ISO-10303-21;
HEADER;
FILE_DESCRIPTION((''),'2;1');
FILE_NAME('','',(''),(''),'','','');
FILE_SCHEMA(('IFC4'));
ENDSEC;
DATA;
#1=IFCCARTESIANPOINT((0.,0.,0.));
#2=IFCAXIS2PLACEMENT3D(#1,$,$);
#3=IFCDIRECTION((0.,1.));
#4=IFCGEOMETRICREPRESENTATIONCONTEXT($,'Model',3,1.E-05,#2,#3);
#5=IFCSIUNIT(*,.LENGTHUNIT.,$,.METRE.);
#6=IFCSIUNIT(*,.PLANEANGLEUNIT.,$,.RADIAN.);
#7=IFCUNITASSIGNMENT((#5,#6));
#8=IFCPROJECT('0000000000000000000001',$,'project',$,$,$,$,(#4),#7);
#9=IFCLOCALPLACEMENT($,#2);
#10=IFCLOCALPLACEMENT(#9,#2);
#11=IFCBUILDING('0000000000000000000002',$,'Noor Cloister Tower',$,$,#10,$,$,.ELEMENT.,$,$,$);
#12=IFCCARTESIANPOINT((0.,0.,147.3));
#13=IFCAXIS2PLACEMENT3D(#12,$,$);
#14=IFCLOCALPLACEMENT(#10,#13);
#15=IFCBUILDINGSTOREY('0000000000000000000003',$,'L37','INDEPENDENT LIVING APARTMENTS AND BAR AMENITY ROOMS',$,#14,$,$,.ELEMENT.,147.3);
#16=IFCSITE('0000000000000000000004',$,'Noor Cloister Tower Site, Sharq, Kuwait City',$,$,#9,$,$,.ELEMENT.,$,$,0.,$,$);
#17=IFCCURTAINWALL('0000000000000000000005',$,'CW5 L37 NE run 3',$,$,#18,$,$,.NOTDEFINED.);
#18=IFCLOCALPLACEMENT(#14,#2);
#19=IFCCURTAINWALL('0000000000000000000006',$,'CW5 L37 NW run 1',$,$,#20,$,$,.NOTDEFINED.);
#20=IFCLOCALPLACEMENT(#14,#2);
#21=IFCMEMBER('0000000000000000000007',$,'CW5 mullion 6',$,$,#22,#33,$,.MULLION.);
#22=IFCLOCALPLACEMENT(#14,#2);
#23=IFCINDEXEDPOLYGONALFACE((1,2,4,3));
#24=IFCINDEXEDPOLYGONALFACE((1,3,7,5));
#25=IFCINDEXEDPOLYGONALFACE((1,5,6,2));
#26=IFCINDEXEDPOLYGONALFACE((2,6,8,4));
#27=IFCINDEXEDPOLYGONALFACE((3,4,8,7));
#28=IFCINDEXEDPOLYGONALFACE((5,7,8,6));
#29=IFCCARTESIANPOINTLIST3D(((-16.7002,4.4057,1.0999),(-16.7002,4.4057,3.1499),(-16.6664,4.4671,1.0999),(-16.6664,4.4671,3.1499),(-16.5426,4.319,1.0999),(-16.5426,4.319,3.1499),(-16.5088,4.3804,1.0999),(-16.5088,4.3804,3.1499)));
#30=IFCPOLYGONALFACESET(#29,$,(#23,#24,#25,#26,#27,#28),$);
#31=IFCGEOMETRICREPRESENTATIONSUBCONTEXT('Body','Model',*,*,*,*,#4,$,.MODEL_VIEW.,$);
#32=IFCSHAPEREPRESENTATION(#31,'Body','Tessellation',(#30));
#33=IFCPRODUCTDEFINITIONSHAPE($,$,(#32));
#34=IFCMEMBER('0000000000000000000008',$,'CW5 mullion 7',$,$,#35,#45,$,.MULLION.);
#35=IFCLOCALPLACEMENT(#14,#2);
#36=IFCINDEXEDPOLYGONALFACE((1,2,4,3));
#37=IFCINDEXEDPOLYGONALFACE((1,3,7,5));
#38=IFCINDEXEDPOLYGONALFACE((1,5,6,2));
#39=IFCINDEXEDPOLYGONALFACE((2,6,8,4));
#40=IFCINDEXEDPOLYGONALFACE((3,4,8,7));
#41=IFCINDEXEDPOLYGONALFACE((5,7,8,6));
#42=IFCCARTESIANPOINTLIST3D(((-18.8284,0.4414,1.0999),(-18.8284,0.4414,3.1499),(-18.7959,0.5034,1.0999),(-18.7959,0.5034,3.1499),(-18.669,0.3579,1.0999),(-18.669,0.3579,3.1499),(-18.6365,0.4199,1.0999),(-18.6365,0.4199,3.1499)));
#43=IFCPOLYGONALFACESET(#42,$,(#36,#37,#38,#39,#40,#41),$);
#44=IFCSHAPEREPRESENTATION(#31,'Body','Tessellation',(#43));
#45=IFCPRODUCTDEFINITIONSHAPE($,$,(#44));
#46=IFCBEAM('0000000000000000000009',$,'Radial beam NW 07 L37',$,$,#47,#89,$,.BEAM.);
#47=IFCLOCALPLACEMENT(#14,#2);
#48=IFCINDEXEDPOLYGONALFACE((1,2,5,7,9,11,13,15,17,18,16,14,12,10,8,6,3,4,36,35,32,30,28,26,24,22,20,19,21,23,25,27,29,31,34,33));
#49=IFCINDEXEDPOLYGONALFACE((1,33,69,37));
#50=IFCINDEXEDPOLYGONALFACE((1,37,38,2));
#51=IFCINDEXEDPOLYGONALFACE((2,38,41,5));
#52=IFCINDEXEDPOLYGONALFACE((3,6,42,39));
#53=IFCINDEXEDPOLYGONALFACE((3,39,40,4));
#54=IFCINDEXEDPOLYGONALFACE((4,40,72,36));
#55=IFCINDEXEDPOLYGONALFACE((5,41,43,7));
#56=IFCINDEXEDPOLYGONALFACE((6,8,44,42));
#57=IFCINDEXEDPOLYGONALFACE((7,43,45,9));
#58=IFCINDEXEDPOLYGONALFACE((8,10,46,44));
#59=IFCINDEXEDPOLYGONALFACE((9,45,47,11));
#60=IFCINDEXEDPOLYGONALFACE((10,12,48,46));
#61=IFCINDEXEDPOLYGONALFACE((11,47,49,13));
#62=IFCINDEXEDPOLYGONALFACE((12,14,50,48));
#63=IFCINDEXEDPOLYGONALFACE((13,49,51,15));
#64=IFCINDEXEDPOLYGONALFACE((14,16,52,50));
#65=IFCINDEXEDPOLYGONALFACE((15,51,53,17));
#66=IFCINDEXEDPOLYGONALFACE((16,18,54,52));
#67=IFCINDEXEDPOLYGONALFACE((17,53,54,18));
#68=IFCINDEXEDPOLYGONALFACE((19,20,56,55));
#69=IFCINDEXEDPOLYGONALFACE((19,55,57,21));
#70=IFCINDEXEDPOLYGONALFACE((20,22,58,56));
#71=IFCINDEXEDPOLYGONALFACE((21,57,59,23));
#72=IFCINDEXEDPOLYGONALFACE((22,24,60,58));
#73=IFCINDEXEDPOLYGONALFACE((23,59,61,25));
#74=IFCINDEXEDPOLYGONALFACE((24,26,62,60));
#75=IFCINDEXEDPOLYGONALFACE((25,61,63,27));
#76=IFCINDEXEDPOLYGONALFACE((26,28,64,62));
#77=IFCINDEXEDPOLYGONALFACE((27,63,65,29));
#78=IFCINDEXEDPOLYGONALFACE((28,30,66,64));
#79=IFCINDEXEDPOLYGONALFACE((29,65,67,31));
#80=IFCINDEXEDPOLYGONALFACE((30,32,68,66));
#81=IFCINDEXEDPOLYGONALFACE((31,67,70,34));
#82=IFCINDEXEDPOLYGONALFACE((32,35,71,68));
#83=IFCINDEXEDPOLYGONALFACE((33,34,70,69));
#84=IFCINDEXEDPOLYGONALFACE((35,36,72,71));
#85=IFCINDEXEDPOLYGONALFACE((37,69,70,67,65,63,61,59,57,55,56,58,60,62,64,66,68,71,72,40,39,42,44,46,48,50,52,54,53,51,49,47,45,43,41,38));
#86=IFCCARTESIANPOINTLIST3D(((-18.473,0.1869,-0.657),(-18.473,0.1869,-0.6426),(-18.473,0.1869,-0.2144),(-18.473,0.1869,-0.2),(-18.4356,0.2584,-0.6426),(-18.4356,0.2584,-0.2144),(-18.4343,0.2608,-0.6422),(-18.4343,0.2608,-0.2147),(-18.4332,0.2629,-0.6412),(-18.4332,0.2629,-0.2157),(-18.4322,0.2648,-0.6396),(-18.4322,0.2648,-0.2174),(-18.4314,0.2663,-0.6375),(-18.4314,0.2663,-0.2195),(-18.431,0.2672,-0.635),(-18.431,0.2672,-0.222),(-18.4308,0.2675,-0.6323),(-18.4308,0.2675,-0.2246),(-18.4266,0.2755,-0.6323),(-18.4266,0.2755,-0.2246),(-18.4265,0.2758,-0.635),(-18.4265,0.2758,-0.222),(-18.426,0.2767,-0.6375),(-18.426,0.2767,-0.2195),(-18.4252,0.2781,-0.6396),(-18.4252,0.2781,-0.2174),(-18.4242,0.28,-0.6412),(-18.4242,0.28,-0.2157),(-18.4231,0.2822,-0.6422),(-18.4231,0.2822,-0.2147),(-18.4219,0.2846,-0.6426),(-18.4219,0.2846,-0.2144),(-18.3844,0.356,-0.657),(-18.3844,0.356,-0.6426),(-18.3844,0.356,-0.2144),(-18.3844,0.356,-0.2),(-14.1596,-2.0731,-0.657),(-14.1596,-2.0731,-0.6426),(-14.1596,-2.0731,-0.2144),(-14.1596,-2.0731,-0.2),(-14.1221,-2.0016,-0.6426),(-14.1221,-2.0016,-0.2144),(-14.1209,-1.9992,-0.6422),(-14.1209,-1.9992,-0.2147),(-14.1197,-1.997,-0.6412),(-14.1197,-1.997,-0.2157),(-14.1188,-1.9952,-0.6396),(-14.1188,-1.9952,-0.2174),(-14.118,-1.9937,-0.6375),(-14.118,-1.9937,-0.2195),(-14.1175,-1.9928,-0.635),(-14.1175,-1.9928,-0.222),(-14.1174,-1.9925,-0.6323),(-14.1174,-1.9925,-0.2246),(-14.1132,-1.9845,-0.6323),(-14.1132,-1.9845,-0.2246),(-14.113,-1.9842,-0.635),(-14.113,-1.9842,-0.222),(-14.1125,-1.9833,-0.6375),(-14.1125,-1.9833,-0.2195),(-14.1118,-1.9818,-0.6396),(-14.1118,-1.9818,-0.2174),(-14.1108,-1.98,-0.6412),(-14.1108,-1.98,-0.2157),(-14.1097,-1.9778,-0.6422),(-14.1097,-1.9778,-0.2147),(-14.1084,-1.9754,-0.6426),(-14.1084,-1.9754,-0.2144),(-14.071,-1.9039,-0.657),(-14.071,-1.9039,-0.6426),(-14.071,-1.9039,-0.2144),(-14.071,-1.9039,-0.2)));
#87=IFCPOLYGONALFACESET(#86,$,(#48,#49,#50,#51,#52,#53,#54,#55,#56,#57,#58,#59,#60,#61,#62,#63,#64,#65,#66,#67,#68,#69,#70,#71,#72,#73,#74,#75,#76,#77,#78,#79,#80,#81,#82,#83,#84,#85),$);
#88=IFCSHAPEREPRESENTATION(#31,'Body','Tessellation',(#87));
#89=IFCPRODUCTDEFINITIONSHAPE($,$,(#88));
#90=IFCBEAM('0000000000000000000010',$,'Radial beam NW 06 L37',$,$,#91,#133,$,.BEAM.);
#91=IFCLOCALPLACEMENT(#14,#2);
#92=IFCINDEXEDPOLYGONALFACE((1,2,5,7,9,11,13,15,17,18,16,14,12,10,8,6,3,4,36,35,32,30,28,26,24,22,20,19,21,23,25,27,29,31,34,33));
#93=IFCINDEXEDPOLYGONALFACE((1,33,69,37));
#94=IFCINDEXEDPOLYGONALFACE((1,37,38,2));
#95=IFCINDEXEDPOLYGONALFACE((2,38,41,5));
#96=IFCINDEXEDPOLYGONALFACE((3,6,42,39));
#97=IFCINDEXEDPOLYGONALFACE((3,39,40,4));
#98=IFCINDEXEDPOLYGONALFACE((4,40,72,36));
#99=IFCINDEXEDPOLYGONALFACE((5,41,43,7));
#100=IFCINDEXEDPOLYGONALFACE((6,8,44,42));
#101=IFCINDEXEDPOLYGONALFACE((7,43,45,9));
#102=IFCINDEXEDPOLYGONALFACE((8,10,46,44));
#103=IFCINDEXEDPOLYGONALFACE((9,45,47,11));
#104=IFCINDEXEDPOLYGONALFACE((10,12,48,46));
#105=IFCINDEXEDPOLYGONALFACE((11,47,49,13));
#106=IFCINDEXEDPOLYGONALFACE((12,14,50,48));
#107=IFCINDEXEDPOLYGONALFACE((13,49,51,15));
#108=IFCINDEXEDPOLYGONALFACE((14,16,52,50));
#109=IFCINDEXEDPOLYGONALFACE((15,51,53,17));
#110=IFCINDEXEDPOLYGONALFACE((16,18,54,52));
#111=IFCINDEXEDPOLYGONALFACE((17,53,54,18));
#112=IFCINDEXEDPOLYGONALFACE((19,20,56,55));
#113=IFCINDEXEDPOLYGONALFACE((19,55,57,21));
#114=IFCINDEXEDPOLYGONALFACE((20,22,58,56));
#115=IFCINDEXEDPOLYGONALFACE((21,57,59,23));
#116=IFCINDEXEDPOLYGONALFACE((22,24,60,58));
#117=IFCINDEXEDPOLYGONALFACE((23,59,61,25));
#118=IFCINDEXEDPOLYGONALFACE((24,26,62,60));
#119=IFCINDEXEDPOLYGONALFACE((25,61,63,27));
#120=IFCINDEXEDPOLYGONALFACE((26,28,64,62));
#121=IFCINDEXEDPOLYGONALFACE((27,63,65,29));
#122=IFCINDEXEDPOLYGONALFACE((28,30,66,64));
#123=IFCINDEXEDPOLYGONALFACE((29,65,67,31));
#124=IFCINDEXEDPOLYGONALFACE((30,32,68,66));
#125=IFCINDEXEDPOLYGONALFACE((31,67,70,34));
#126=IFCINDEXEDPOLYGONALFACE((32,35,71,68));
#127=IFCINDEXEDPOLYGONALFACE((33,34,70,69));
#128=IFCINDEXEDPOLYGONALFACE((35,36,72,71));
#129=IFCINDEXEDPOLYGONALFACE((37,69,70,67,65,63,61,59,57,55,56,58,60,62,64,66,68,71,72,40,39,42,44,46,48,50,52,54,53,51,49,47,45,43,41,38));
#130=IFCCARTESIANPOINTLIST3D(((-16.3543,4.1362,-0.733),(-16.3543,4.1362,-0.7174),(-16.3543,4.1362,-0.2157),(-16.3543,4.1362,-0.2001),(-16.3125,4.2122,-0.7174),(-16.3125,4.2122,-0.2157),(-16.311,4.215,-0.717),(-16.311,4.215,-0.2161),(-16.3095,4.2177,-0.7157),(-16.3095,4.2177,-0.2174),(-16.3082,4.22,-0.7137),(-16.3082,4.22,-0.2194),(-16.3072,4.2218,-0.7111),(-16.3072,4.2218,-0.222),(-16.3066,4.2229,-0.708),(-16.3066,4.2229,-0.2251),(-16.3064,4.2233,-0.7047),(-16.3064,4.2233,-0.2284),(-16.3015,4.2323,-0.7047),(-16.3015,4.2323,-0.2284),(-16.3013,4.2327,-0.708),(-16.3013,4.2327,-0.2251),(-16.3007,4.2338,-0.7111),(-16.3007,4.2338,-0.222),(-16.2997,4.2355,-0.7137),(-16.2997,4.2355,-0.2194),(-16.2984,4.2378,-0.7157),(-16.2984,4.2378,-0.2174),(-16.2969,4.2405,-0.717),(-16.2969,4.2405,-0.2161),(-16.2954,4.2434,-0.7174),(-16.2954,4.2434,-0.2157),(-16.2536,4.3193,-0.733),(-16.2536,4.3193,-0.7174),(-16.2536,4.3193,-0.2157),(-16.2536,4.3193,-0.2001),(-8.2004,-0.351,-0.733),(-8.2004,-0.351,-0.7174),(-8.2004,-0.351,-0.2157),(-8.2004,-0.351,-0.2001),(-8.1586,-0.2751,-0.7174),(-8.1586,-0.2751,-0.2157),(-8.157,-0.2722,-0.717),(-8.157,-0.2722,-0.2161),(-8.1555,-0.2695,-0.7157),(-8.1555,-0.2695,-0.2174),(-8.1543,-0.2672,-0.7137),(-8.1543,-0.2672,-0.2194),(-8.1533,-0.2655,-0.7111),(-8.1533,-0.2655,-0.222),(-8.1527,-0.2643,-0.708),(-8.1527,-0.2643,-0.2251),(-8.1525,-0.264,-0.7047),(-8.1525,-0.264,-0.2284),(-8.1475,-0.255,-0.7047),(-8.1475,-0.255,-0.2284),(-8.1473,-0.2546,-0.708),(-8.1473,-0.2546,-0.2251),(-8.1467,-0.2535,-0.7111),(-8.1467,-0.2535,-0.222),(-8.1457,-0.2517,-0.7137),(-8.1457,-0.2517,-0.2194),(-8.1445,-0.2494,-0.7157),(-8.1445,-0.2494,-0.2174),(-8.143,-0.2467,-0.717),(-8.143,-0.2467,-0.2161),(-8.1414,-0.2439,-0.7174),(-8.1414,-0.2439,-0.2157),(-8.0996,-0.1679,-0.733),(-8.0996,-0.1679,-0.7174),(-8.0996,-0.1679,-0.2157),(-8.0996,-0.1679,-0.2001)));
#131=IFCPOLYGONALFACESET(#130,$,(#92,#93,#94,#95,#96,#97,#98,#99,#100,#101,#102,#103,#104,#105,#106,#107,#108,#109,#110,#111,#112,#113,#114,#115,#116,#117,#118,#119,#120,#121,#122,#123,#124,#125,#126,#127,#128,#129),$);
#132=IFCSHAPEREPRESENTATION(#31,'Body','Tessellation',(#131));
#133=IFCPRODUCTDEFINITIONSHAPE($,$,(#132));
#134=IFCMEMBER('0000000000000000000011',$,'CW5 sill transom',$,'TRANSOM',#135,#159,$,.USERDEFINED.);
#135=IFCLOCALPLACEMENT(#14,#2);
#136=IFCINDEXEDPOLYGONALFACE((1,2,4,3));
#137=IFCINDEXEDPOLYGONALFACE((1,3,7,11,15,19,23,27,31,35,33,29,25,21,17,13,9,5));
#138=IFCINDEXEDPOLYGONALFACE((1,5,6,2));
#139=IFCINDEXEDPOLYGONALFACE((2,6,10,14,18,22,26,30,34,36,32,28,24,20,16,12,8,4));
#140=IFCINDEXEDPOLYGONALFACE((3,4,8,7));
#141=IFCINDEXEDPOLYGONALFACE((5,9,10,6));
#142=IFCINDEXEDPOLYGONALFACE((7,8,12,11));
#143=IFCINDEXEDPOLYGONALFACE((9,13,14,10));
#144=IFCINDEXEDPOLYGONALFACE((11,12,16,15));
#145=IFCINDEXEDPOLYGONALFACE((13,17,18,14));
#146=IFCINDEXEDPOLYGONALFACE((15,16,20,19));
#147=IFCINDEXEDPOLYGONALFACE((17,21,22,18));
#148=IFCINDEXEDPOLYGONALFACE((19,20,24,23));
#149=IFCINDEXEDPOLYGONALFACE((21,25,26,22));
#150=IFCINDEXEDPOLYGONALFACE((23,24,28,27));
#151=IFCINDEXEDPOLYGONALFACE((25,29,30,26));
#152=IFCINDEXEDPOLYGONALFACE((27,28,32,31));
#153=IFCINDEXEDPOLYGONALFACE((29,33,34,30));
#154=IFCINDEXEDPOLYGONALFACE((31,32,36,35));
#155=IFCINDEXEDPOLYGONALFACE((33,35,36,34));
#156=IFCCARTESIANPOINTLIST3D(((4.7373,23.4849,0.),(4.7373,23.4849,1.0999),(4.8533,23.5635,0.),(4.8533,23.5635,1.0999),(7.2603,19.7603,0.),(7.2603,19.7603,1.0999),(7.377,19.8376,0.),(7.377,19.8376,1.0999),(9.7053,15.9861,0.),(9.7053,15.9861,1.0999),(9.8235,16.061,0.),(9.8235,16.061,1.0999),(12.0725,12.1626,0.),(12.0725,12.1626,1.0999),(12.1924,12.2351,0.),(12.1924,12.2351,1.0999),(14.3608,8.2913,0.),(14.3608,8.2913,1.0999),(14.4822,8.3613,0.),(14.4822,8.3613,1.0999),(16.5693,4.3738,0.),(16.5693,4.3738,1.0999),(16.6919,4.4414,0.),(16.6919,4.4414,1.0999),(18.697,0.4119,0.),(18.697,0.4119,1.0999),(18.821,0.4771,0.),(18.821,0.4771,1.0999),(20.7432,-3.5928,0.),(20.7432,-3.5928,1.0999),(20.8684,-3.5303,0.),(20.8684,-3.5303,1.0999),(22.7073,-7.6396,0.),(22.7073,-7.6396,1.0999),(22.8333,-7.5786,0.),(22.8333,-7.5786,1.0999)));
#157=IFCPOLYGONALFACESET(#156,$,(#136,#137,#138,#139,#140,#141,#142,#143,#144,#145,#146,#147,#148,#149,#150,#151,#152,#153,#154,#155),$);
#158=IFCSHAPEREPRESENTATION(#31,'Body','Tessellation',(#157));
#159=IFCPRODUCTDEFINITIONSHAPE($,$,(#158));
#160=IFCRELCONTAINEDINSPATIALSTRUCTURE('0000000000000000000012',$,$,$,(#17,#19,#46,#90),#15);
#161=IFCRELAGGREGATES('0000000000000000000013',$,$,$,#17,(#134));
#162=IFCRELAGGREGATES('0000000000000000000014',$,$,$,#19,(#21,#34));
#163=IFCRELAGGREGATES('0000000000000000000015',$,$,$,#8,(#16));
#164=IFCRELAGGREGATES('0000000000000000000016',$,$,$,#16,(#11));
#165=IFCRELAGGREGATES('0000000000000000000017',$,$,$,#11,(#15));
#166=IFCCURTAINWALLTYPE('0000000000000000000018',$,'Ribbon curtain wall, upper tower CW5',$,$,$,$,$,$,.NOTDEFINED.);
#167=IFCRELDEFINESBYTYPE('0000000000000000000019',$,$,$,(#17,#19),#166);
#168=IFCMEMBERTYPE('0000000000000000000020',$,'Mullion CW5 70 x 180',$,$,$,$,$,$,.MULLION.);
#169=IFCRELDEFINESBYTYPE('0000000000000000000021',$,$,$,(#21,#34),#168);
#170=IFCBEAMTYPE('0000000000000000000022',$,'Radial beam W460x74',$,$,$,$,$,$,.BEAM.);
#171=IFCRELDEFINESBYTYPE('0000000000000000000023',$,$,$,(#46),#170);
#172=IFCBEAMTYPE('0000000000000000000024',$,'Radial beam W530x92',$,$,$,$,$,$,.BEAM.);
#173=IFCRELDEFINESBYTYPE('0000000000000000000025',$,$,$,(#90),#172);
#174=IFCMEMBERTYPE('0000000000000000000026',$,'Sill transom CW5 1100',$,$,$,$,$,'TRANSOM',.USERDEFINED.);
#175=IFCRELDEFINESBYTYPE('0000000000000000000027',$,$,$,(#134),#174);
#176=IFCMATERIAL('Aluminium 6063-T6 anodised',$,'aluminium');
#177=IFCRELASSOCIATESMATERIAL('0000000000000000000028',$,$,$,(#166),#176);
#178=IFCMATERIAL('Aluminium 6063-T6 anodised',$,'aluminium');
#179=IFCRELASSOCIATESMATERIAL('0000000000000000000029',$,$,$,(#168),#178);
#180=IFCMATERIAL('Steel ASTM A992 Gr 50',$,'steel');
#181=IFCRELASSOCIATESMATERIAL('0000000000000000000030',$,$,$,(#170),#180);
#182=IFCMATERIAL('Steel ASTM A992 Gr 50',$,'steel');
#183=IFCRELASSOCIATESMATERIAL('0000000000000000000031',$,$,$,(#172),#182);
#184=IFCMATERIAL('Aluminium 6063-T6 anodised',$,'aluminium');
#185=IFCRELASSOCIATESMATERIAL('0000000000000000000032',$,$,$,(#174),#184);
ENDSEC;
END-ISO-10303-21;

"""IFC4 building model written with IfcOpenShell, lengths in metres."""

from ifc_helpers import new_model, si_unit, direction, frame, origin, origin_2d, place, context, subcontext, project, spatial, polyline, rectangle, i_section, outline, extrude, material, material_profile, profile_set, type_object, element, aggregate, save


model = new_model("IFC4")

# Units and contexts
model_context = context("Model", 3, precision=1e-05, world=origin(), true_north=direction((0.0, 1.0)))
body_context = subcontext(model_context, "Body", "Model", "MODEL_VIEW")
ifc_project = project(units=[si_unit("LENGTHUNIT", "METRE"), si_unit("PLANEANGLEUNIT", "RADIAN")], contexts=[model_context])

# Site, building, storey
site_placement = place(None, origin())
site = spatial("IfcSite", under=ifc_project, at=site_placement, Name="Noor Cloister Tower Site, Sharq, Kuwait City", CompositionType="ELEMENT", RefElevation=0.0)
building_placement = place(site_placement, origin())
building = spatial("IfcBuilding", under=site, at=building_placement, Name="Noor Cloister Tower", CompositionType="ELEMENT")
storey_placement = place(building_placement, frame((0.0, 0.0, 147.3)))
storey = spatial("IfcBuildingStorey", under=building, at=storey_placement, Name="L37", Description="INDEPENDENT LIVING APARTMENTS AND BAR AMENITY ROOMS", CompositionType="ELEMENT", Elevation=147.3)

# Curtain wall
ifc_material_1 = material(Name="Aluminium 6063-T6 anodised", Category="aluminium")
curtain_wall_type = type_object("IfcCurtainWallType", Name="Ribbon curtain wall, upper tower CW5", PredefinedType="NOTDEFINED", material=ifc_material_1)
curtain_wall_1_placement = place(storey_placement, origin())
curtain_wall_1 = element("IfcCurtainWall", 1, at=curtain_wall_1_placement, inside=storey, type_object=curtain_wall_type, Name="CW5 L37 NE run 3", PredefinedType="NOTDEFINED")

# Curtain wall, members
curtain_wall_2_placement = place(storey_placement, origin())
curtain_wall_2 = element("IfcCurtainWall", 2, at=curtain_wall_2_placement, inside=storey, type_object=curtain_wall_type, Name="CW5 L37 NW run 1", PredefinedType="NOTDEFINED")
ifc_material_2 = material(Name="Aluminium 6063-T6 anodised", Category="aluminium")
ifc_material_profile_1 = material_profile(ifc_material_2, rectangle(XDim=0.1799, YDim=0.0701, at=origin_2d()), Name="180 x 70 mullion")
ifc_profile_set_1 = profile_set([ifc_material_profile_1], Name="Aluminium 6063-T6 anodised")
member_type_1 = type_object("IfcMemberType", Name="Mullion CW5 70 x 180", PredefinedType="MULLION", material=ifc_profile_set_1)
member_1_placement = place(storey_placement, frame((-16.6045, 4.3931, 1.0999), z_axis=(0.0, 0.0, 1.0), x_axis=(0.876094, -0.48214, 0.0)))
member_1 = element("IfcMember", 3, at=member_1_placement, type_object=member_type_1, Name="CW5 mullion 6", PredefinedType="MULLION", context=body_context, shape_type="SweptSolid", body=[
    extrude(rectangle(XDim=0.1799, YDim=0.0701, at=origin_2d()), origin(), (0.0, 0.0, 1.0), 2.05),
])
member_2_placement = place(storey_placement, frame((-18.7324, 0.4307, 1.0999), z_axis=(0.0, 0.0, 1.0), x_axis=(0.885795, -0.464077, 0.0)))
member_2 = element("IfcMember", 4, at=member_2_placement, type_object=member_type_1, Name="CW5 mullion 7", PredefinedType="MULLION", context=body_context, shape_type="SweptSolid", body=[
    extrude(rectangle(XDim=0.1799, YDim=0.0701, at=origin_2d()), origin(), (0.0, 0.0, 1.0), 2.05),
])

# Beams
ifc_material_3 = material(Name="Steel ASTM A992 Gr 50", Category="steel")
ifc_material_profile_2 = material_profile(ifc_material_3, i_section(OverallWidth=0.1909, OverallDepth=0.457, WebThickness=0.009, FlangeThickness=0.0144, FilletRadius=0.0103, at=origin_2d()), Name="W460x74")
ifc_profile_set_2 = profile_set([ifc_material_profile_2], Name="Steel ASTM A992 Gr 50")
beam_type_1 = type_object("IfcBeamType", Name="Radial beam W460x74", PredefinedType="BEAM", material=ifc_profile_set_2)
beam_1_placement = place(storey_placement, frame((-18.4287, 0.2715, -0.4285), z_axis=(0.885783, -0.464099, 0.0), x_axis=(0.464099, 0.885783, 0.0)))
element("IfcBeam", 5, at=beam_1_placement, inside=storey, type_object=beam_type_1, Name="Radial beam NW 07 L37", PredefinedType="BEAM", context=body_context, shape_type="SweptSolid", body=[
    extrude(i_section(OverallWidth=0.1909, OverallDepth=0.457, WebThickness=0.009, FlangeThickness=0.0144, FilletRadius=0.0103, at=origin_2d()), origin(), (0.0, 0.0, 1.0), 4.8696),
])
ifc_material_4 = material(Name="Steel ASTM A992 Gr 50", Category="steel")
ifc_material_profile_3 = material_profile(ifc_material_4, i_section(OverallWidth=0.209, OverallDepth=0.533, WebThickness=0.0103, FlangeThickness=0.0156, FilletRadius=0.0127, at=origin_2d()), Name="W530x92")
ifc_profile_set_3 = profile_set([ifc_material_profile_3], Name="Steel ASTM A992 Gr 50")
beam_type_2 = type_object("IfcBeamType", Name="Radial beam W530x92", PredefinedType="BEAM", material=ifc_profile_set_3)
beam_2_placement = place(storey_placement, frame((-16.304, 4.2278, -0.4666), z_axis=(0.876099, -0.482131, 0.0), x_axis=(0.482131, 0.876099, 0.0)))
element("IfcBeam", 6, at=beam_2_placement, inside=storey, type_object=beam_type_2, Name="Radial beam NW 06 L37", PredefinedType="BEAM", context=body_context, shape_type="SweptSolid", body=[
    extrude(i_section(OverallWidth=0.209, OverallDepth=0.533, WebThickness=0.0103, FlangeThickness=0.0156, FilletRadius=0.0127, at=origin_2d()), origin(), (0.0, 0.0, 1.0), 9.3071),
])

# Member
ifc_material_5 = material(Name="Aluminium 6063-T6 anodised", Category="aluminium")
member_type_2 = type_object("IfcMemberType", Name="Sill transom CW5 1100", ElementType="TRANSOM", PredefinedType="USERDEFINED", material=ifc_material_5)
member_3_placement = place(storey_placement, origin())
member_3 = element("IfcMember", 7, at=member_3_placement, type_object=member_type_2, Name="CW5 sill transom", ObjectType="TRANSOM", PredefinedType="USERDEFINED", context=body_context, shape_type="SweptSolid", body=[
    extrude(outline(polyline([(22.8333, -7.5786), (20.8684, -3.5303), (18.821, 0.4771), (16.6919, 4.4414), (14.4822, 8.3613), (12.1924, 12.2351), (9.8235, 16.061), (7.377, 19.8376), (4.8533, 23.5635), (4.7373, 23.4849), (7.2603, 19.7603), (9.7053, 15.9861), (12.0725, 12.1626), (14.3608, 8.2913), (16.5693, 4.3738), (18.697, 0.4119), (20.7432, -3.5928), (22.7073, -7.6396), (22.8333, -7.5786)])), origin(), (0.0, 0.0, 1.0), 1.0999),
])
aggregate(curtain_wall_1, [member_3])

aggregate(curtain_wall_2, [member_1, member_2])

save(model, "model.ifc")
